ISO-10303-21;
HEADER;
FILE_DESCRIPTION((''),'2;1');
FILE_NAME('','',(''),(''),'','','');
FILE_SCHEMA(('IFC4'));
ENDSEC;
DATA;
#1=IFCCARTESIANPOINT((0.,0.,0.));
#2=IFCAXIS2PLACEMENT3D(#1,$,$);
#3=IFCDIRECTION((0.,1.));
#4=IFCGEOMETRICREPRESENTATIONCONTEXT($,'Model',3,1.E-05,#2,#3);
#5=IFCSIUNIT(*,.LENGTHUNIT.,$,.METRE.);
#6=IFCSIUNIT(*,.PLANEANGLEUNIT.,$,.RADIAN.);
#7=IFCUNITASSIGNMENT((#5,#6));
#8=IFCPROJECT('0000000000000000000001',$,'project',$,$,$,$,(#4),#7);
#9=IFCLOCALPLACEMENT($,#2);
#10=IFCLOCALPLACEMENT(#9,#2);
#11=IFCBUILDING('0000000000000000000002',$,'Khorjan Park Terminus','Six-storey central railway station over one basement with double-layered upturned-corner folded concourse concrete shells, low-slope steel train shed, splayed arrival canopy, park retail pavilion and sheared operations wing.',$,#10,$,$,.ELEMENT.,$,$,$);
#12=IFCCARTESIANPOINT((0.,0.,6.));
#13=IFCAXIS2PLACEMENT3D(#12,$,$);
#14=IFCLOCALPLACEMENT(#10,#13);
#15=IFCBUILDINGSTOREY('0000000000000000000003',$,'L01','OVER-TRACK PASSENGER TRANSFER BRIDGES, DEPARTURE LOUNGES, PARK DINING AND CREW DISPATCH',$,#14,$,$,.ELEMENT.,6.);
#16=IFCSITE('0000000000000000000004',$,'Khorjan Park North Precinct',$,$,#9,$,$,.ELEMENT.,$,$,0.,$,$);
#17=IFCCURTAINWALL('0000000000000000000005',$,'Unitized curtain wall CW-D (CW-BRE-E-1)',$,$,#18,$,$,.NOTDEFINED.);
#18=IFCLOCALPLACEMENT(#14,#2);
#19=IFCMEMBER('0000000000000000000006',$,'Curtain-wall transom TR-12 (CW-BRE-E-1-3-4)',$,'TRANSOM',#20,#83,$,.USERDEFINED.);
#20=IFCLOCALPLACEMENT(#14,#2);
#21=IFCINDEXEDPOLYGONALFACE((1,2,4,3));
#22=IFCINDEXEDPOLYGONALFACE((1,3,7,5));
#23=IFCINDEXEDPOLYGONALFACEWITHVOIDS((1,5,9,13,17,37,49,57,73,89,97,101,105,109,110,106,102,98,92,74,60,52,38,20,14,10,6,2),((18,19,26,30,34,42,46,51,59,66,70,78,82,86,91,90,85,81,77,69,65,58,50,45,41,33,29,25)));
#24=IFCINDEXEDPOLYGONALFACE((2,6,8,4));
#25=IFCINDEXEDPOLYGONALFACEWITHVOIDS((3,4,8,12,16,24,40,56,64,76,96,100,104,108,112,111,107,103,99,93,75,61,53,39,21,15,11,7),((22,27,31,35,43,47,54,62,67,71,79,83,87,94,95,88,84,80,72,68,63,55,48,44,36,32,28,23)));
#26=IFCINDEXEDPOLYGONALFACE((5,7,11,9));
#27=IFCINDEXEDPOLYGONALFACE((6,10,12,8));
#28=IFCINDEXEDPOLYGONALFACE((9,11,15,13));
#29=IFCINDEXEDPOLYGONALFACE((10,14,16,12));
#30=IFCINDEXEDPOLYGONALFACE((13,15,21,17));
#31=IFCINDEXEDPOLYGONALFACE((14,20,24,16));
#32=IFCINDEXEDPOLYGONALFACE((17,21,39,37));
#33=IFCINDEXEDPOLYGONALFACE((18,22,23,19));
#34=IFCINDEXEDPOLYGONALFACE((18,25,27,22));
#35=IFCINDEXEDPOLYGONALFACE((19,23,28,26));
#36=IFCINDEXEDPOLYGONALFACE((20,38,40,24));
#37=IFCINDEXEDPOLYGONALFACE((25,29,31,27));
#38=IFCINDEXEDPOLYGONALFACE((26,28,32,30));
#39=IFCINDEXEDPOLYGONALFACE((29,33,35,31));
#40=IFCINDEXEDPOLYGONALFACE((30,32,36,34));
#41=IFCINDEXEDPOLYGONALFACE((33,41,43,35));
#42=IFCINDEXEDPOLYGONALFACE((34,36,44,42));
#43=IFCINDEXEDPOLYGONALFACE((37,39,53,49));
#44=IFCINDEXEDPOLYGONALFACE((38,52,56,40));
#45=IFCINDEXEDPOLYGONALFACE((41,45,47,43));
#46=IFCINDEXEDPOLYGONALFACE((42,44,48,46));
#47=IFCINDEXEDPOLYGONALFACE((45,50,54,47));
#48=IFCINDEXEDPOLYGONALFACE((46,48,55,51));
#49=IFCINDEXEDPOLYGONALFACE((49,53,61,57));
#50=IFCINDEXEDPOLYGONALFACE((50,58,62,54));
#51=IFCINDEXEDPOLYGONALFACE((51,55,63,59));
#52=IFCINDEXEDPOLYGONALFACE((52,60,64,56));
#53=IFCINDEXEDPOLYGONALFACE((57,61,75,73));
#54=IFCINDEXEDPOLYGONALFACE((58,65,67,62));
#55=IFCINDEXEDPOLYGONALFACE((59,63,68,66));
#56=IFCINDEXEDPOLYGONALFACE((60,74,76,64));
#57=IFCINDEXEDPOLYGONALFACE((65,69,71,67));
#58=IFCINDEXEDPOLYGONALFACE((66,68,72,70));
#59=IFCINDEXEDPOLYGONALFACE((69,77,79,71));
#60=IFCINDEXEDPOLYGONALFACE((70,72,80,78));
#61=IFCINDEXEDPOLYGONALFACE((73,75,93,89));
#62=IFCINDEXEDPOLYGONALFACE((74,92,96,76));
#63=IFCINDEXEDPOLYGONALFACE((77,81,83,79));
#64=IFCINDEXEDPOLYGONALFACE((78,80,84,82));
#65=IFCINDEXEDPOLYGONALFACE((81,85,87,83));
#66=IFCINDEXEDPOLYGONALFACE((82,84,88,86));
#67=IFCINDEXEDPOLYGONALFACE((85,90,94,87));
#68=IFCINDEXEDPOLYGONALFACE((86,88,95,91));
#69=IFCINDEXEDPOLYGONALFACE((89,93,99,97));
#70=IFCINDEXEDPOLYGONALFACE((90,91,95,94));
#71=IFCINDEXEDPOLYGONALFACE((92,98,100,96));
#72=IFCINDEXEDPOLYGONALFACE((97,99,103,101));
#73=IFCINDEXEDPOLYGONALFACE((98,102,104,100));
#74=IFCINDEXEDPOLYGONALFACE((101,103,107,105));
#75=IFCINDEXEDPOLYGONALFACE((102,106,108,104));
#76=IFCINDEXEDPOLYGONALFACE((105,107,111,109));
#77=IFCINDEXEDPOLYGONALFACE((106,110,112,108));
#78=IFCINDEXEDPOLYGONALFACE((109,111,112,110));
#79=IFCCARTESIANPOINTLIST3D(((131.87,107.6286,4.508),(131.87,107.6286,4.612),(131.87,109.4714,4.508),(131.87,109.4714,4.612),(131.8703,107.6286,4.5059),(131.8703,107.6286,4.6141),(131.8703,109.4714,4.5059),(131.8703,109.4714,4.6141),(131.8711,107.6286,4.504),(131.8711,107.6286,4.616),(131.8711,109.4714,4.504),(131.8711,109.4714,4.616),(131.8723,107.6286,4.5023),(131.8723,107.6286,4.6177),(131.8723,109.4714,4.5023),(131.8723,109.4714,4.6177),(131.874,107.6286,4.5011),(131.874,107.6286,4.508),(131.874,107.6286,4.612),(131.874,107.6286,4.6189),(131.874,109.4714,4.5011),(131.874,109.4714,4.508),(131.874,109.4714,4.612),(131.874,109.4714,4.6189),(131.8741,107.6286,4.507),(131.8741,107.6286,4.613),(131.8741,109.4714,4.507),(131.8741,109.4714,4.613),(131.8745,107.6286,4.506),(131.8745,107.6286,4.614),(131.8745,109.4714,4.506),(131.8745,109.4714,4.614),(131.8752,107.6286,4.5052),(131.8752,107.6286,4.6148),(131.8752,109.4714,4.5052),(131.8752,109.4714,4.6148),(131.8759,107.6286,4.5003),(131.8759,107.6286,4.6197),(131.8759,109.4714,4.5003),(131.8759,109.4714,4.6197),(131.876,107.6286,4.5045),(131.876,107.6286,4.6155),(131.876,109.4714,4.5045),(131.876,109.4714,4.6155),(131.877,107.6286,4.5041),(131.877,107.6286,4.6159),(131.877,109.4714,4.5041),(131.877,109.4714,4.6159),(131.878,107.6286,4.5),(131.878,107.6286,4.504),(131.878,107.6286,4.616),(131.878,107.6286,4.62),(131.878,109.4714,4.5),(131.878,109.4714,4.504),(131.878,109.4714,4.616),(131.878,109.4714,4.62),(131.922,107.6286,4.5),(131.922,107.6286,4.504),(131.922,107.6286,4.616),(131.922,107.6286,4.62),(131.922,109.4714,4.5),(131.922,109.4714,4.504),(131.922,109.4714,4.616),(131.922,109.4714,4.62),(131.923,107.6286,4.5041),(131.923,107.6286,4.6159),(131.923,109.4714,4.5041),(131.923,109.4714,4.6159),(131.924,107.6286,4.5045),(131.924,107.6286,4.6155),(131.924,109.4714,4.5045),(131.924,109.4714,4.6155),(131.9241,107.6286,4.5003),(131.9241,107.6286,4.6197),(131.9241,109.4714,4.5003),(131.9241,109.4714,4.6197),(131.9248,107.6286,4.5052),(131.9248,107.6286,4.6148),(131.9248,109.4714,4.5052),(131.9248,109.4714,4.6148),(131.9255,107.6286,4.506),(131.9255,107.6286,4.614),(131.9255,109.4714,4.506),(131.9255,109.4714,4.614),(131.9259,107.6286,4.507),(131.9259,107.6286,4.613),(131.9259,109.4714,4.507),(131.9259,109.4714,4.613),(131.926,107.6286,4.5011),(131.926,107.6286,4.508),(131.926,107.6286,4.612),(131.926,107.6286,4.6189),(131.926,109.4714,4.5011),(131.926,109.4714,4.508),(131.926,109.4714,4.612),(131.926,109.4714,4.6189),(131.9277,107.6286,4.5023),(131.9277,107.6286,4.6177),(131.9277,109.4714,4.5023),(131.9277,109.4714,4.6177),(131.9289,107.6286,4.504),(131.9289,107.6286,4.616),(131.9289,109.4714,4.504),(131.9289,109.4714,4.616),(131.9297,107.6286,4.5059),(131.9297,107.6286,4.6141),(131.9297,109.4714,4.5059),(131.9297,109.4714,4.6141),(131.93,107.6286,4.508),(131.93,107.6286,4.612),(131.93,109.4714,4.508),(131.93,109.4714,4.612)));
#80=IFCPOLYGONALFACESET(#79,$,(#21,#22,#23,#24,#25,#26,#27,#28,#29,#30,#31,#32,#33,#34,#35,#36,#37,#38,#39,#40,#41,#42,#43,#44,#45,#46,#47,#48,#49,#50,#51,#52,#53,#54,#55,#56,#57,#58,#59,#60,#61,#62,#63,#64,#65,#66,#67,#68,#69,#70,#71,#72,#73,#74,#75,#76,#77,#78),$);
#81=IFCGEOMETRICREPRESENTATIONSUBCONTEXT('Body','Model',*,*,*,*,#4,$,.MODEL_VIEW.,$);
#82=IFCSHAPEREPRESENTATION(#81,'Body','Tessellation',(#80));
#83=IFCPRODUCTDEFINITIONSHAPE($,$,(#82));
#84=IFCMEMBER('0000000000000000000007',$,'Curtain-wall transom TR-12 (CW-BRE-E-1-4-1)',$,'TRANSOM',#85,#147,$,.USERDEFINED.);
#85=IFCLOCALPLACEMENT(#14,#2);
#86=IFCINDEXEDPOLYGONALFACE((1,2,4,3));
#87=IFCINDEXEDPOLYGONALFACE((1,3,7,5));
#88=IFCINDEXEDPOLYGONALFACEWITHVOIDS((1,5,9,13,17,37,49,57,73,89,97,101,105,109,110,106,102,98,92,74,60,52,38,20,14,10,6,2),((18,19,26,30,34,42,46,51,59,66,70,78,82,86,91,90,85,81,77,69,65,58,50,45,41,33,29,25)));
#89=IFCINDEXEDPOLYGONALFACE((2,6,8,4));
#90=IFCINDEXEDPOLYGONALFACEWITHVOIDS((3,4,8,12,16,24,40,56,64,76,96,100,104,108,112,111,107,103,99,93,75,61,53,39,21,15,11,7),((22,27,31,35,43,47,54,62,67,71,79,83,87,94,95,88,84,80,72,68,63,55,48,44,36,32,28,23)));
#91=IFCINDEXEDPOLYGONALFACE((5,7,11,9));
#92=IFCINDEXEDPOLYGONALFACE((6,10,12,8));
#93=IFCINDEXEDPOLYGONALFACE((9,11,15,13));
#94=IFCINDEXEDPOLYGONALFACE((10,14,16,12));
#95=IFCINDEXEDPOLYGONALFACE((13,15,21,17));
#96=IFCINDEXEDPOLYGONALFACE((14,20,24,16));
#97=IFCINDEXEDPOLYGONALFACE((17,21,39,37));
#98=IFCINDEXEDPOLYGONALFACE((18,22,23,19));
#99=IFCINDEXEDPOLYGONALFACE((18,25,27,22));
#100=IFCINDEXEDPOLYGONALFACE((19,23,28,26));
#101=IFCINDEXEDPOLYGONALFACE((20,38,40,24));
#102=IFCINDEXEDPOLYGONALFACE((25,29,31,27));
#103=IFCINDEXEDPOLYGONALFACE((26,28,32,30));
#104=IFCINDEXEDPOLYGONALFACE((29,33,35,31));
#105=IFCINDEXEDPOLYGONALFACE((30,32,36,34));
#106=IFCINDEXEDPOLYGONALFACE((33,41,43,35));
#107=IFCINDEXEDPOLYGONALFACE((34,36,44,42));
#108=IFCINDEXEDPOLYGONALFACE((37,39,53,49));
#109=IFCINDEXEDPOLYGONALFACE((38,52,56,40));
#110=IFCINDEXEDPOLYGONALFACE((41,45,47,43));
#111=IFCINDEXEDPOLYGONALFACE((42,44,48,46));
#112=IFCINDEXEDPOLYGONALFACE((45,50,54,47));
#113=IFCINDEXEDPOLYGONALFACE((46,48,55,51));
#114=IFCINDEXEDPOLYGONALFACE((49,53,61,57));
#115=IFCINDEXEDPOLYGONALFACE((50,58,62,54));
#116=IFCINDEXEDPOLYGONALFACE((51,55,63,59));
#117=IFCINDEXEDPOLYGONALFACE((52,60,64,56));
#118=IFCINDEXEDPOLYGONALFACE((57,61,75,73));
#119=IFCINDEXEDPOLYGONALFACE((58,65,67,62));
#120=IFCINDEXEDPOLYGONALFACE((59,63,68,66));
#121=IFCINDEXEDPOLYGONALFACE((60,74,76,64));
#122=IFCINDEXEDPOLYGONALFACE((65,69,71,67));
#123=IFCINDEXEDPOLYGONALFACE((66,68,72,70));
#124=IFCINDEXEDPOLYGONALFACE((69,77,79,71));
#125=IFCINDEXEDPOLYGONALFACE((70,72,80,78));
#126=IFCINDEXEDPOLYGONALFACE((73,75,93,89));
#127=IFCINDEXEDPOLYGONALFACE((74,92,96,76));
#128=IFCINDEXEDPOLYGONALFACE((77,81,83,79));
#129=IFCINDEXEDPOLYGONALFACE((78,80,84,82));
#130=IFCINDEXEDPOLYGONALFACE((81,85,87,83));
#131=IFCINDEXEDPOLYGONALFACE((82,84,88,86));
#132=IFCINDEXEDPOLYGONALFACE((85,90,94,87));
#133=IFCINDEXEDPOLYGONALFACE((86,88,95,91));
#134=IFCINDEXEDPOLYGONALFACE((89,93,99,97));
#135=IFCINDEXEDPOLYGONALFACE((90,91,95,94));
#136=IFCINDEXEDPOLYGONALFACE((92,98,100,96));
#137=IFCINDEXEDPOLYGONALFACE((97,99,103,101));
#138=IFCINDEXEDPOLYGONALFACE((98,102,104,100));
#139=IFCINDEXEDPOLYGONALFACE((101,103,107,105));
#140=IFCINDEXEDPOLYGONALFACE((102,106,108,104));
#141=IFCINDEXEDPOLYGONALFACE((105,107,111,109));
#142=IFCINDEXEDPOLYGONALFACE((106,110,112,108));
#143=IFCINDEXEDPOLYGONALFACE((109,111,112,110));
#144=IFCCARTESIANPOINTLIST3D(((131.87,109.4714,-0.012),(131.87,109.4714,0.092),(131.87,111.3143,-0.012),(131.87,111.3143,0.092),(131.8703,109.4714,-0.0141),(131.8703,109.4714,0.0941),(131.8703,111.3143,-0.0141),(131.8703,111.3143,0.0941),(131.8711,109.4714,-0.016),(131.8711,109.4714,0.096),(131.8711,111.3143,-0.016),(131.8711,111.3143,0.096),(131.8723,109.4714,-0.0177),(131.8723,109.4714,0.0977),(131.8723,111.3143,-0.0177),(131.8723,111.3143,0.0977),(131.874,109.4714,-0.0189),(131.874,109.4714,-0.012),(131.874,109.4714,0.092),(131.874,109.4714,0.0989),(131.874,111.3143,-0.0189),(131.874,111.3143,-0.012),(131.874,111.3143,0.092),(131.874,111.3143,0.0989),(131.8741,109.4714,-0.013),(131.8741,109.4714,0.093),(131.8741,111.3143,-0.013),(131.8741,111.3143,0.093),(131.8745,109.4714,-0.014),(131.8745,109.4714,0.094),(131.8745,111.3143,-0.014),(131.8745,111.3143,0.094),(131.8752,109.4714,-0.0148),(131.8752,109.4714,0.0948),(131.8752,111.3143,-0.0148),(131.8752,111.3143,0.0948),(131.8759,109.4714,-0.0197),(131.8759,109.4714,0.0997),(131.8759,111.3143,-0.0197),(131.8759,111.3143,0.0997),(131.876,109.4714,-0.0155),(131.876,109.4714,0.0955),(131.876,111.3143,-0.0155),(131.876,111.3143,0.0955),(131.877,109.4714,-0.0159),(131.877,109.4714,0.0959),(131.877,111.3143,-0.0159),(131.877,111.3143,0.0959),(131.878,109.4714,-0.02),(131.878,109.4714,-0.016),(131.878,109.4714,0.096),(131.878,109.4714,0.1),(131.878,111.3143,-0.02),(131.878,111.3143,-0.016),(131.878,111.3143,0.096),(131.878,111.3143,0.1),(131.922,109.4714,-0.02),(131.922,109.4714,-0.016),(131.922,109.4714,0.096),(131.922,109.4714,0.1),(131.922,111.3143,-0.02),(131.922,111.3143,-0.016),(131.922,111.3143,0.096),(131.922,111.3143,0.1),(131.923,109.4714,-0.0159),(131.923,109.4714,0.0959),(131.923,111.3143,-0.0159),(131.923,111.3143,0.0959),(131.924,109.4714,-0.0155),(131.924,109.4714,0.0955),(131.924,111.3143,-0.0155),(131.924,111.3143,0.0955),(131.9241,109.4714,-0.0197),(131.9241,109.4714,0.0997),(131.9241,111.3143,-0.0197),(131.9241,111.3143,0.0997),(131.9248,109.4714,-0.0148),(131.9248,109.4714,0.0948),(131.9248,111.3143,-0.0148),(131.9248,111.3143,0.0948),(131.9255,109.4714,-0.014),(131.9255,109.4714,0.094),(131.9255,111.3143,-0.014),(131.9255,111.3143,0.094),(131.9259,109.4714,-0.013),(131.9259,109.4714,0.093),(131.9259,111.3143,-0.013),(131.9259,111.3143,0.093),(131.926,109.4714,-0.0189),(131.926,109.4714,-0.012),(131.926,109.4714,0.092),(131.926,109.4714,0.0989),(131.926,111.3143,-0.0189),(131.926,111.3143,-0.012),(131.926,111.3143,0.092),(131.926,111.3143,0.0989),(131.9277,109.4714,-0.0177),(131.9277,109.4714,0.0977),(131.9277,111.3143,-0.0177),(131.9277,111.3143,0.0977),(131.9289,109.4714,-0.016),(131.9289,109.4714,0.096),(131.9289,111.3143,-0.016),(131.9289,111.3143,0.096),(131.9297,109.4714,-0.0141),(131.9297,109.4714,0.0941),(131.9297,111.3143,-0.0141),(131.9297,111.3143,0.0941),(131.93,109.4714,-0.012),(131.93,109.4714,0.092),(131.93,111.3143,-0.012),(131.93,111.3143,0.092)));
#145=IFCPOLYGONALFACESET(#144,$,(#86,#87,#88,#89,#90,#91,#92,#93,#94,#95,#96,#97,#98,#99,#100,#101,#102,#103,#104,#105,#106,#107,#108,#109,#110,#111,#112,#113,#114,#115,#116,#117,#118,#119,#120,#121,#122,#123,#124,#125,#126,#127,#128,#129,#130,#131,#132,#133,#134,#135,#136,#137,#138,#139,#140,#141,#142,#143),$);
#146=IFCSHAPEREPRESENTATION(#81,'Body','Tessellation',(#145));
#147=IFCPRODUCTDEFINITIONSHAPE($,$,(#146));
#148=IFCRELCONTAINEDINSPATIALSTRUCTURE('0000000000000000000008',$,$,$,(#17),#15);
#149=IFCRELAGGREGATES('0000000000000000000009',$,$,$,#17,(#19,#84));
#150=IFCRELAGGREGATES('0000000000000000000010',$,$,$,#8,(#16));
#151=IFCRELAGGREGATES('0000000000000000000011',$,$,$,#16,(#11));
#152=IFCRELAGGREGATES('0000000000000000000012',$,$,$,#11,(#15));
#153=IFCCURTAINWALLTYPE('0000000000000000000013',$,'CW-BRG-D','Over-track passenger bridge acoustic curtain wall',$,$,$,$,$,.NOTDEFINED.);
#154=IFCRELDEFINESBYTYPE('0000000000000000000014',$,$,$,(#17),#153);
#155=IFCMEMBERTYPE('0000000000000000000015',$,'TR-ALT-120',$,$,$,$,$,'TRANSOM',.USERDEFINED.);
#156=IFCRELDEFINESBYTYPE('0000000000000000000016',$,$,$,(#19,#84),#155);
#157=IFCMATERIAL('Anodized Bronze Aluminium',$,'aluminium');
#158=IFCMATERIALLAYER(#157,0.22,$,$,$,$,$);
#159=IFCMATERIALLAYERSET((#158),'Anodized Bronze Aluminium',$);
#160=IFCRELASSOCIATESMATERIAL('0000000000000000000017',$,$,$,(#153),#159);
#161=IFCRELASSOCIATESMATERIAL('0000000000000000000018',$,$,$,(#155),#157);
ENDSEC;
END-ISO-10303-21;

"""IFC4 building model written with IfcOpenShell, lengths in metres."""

from ifc_helpers import new_model, si_unit, direction, frame, origin, origin_2d, place, context, subcontext, project, spatial, hollow_rectangle, extrude, material, layer, layer_set, material_profile, profile_set, type_object, element, aggregate, save


model = new_model("IFC4")

# Units and contexts
model_context = context("Model", 3, precision=1e-05, world=origin(), true_north=direction((0.0, 1.0)))
body_context = subcontext(model_context, "Body", "Model", "MODEL_VIEW")
ifc_project = project(units=[si_unit("LENGTHUNIT", "METRE"), si_unit("PLANEANGLEUNIT", "RADIAN")], contexts=[model_context])

# Site, building, storey
site_placement = place(None, origin())
site = spatial("IfcSite", under=ifc_project, at=site_placement, Name="Khorjan Park North Precinct", CompositionType="ELEMENT", RefElevation=0.0)
building_placement = place(site_placement, origin())
building = spatial("IfcBuilding", under=site, at=building_placement, Name="Khorjan Park Terminus", Description="Six-storey central railway station over one basement with double-layered upturned-corner folded concourse concrete shells, low-slope steel train shed, splayed arrival canopy, park retail pavilion and sheared operations wing.", CompositionType="ELEMENT")
storey_placement = place(building_placement, frame((0.0, 0.0, 6.0)))
storey = spatial("IfcBuildingStorey", under=building, at=storey_placement, Name="L01", Description="OVER-TRACK PASSENGER TRANSFER BRIDGES, DEPARTURE LOUNGES, PARK DINING AND CREW DISPATCH", CompositionType="ELEMENT", Elevation=6.0)

# Curtain wall, members
ifc_material_1 = material(Name="Anodized Bronze Aluminium", Category="aluminium")
ifc_layer_1 = layer(ifc_material_1, 0.22)
ifc_layer_set_1 = layer_set([ifc_layer_1], Name="Anodized Bronze Aluminium")
curtain_wall_type = type_object("IfcCurtainWallType", Name="CW-BRG-D", Description="Over-track passenger bridge acoustic curtain wall", PredefinedType="NOTDEFINED", material=ifc_layer_set_1)
curtain_wall_1_placement = place(storey_placement, origin())
curtain_wall_1 = element("IfcCurtainWall", 1, at=curtain_wall_1_placement, inside=storey, type_object=curtain_wall_type, Name="Unitized curtain wall CW-D (CW-BRE-E-1)", PredefinedType="NOTDEFINED")
ifc_material_profile_1 = material_profile(ifc_material_1, hollow_rectangle(XDim=0.06, YDim=0.12, WallThickness=0.004, InnerFilletRadius=0.004, OuterFilletRadius=0.008, at=origin_2d()), Name="ALT 60x120x4")
ifc_profile_set_1 = profile_set([ifc_material_profile_1], Name="Anodized Bronze Aluminium")
member_type_1 = type_object("IfcMemberType", Name="TR-ALT-120", ElementType="TRANSOM", PredefinedType="USERDEFINED", material=ifc_profile_set_1)
member_1_placement = place(storey_placement, frame((131.9, 107.6286, 4.56), z_axis=(0.0, 1.0, 0.0), x_axis=(-1.0, 0.0, 0.0)))
member_1 = element("IfcMember", 2, at=member_1_placement, type_object=member_type_1, Name="Curtain-wall transom TR-12 (CW-BRE-E-1-3-4)", ObjectType="TRANSOM", PredefinedType="USERDEFINED", context=body_context, shape_type="SweptSolid", body=[
    extrude(hollow_rectangle(XDim=0.06, YDim=0.12, WallThickness=0.004, InnerFilletRadius=0.004, OuterFilletRadius=0.008, at=origin_2d()), origin(), (0.0, 0.0, 1.0), 1.8428),
])
member_2_placement = place(storey_placement, frame((131.9, 109.4714, 0.04), z_axis=(0.0, 1.0, 0.0), x_axis=(-1.0, 0.0, 0.0)))
member_2 = element("IfcMember", 3, at=member_2_placement, type_object=member_type_1, Name="Curtain-wall transom TR-12 (CW-BRE-E-1-4-1)", ObjectType="TRANSOM", PredefinedType="USERDEFINED", context=body_context, shape_type="SweptSolid", body=[
    extrude(hollow_rectangle(XDim=0.06, YDim=0.12, WallThickness=0.004, InnerFilletRadius=0.004, OuterFilletRadius=0.008, at=origin_2d()), origin(), (0.0, 0.0, 1.0), 1.8429),
])

aggregate(curtain_wall_1, [member_1, member_2])

save(model, "model.ifc")
